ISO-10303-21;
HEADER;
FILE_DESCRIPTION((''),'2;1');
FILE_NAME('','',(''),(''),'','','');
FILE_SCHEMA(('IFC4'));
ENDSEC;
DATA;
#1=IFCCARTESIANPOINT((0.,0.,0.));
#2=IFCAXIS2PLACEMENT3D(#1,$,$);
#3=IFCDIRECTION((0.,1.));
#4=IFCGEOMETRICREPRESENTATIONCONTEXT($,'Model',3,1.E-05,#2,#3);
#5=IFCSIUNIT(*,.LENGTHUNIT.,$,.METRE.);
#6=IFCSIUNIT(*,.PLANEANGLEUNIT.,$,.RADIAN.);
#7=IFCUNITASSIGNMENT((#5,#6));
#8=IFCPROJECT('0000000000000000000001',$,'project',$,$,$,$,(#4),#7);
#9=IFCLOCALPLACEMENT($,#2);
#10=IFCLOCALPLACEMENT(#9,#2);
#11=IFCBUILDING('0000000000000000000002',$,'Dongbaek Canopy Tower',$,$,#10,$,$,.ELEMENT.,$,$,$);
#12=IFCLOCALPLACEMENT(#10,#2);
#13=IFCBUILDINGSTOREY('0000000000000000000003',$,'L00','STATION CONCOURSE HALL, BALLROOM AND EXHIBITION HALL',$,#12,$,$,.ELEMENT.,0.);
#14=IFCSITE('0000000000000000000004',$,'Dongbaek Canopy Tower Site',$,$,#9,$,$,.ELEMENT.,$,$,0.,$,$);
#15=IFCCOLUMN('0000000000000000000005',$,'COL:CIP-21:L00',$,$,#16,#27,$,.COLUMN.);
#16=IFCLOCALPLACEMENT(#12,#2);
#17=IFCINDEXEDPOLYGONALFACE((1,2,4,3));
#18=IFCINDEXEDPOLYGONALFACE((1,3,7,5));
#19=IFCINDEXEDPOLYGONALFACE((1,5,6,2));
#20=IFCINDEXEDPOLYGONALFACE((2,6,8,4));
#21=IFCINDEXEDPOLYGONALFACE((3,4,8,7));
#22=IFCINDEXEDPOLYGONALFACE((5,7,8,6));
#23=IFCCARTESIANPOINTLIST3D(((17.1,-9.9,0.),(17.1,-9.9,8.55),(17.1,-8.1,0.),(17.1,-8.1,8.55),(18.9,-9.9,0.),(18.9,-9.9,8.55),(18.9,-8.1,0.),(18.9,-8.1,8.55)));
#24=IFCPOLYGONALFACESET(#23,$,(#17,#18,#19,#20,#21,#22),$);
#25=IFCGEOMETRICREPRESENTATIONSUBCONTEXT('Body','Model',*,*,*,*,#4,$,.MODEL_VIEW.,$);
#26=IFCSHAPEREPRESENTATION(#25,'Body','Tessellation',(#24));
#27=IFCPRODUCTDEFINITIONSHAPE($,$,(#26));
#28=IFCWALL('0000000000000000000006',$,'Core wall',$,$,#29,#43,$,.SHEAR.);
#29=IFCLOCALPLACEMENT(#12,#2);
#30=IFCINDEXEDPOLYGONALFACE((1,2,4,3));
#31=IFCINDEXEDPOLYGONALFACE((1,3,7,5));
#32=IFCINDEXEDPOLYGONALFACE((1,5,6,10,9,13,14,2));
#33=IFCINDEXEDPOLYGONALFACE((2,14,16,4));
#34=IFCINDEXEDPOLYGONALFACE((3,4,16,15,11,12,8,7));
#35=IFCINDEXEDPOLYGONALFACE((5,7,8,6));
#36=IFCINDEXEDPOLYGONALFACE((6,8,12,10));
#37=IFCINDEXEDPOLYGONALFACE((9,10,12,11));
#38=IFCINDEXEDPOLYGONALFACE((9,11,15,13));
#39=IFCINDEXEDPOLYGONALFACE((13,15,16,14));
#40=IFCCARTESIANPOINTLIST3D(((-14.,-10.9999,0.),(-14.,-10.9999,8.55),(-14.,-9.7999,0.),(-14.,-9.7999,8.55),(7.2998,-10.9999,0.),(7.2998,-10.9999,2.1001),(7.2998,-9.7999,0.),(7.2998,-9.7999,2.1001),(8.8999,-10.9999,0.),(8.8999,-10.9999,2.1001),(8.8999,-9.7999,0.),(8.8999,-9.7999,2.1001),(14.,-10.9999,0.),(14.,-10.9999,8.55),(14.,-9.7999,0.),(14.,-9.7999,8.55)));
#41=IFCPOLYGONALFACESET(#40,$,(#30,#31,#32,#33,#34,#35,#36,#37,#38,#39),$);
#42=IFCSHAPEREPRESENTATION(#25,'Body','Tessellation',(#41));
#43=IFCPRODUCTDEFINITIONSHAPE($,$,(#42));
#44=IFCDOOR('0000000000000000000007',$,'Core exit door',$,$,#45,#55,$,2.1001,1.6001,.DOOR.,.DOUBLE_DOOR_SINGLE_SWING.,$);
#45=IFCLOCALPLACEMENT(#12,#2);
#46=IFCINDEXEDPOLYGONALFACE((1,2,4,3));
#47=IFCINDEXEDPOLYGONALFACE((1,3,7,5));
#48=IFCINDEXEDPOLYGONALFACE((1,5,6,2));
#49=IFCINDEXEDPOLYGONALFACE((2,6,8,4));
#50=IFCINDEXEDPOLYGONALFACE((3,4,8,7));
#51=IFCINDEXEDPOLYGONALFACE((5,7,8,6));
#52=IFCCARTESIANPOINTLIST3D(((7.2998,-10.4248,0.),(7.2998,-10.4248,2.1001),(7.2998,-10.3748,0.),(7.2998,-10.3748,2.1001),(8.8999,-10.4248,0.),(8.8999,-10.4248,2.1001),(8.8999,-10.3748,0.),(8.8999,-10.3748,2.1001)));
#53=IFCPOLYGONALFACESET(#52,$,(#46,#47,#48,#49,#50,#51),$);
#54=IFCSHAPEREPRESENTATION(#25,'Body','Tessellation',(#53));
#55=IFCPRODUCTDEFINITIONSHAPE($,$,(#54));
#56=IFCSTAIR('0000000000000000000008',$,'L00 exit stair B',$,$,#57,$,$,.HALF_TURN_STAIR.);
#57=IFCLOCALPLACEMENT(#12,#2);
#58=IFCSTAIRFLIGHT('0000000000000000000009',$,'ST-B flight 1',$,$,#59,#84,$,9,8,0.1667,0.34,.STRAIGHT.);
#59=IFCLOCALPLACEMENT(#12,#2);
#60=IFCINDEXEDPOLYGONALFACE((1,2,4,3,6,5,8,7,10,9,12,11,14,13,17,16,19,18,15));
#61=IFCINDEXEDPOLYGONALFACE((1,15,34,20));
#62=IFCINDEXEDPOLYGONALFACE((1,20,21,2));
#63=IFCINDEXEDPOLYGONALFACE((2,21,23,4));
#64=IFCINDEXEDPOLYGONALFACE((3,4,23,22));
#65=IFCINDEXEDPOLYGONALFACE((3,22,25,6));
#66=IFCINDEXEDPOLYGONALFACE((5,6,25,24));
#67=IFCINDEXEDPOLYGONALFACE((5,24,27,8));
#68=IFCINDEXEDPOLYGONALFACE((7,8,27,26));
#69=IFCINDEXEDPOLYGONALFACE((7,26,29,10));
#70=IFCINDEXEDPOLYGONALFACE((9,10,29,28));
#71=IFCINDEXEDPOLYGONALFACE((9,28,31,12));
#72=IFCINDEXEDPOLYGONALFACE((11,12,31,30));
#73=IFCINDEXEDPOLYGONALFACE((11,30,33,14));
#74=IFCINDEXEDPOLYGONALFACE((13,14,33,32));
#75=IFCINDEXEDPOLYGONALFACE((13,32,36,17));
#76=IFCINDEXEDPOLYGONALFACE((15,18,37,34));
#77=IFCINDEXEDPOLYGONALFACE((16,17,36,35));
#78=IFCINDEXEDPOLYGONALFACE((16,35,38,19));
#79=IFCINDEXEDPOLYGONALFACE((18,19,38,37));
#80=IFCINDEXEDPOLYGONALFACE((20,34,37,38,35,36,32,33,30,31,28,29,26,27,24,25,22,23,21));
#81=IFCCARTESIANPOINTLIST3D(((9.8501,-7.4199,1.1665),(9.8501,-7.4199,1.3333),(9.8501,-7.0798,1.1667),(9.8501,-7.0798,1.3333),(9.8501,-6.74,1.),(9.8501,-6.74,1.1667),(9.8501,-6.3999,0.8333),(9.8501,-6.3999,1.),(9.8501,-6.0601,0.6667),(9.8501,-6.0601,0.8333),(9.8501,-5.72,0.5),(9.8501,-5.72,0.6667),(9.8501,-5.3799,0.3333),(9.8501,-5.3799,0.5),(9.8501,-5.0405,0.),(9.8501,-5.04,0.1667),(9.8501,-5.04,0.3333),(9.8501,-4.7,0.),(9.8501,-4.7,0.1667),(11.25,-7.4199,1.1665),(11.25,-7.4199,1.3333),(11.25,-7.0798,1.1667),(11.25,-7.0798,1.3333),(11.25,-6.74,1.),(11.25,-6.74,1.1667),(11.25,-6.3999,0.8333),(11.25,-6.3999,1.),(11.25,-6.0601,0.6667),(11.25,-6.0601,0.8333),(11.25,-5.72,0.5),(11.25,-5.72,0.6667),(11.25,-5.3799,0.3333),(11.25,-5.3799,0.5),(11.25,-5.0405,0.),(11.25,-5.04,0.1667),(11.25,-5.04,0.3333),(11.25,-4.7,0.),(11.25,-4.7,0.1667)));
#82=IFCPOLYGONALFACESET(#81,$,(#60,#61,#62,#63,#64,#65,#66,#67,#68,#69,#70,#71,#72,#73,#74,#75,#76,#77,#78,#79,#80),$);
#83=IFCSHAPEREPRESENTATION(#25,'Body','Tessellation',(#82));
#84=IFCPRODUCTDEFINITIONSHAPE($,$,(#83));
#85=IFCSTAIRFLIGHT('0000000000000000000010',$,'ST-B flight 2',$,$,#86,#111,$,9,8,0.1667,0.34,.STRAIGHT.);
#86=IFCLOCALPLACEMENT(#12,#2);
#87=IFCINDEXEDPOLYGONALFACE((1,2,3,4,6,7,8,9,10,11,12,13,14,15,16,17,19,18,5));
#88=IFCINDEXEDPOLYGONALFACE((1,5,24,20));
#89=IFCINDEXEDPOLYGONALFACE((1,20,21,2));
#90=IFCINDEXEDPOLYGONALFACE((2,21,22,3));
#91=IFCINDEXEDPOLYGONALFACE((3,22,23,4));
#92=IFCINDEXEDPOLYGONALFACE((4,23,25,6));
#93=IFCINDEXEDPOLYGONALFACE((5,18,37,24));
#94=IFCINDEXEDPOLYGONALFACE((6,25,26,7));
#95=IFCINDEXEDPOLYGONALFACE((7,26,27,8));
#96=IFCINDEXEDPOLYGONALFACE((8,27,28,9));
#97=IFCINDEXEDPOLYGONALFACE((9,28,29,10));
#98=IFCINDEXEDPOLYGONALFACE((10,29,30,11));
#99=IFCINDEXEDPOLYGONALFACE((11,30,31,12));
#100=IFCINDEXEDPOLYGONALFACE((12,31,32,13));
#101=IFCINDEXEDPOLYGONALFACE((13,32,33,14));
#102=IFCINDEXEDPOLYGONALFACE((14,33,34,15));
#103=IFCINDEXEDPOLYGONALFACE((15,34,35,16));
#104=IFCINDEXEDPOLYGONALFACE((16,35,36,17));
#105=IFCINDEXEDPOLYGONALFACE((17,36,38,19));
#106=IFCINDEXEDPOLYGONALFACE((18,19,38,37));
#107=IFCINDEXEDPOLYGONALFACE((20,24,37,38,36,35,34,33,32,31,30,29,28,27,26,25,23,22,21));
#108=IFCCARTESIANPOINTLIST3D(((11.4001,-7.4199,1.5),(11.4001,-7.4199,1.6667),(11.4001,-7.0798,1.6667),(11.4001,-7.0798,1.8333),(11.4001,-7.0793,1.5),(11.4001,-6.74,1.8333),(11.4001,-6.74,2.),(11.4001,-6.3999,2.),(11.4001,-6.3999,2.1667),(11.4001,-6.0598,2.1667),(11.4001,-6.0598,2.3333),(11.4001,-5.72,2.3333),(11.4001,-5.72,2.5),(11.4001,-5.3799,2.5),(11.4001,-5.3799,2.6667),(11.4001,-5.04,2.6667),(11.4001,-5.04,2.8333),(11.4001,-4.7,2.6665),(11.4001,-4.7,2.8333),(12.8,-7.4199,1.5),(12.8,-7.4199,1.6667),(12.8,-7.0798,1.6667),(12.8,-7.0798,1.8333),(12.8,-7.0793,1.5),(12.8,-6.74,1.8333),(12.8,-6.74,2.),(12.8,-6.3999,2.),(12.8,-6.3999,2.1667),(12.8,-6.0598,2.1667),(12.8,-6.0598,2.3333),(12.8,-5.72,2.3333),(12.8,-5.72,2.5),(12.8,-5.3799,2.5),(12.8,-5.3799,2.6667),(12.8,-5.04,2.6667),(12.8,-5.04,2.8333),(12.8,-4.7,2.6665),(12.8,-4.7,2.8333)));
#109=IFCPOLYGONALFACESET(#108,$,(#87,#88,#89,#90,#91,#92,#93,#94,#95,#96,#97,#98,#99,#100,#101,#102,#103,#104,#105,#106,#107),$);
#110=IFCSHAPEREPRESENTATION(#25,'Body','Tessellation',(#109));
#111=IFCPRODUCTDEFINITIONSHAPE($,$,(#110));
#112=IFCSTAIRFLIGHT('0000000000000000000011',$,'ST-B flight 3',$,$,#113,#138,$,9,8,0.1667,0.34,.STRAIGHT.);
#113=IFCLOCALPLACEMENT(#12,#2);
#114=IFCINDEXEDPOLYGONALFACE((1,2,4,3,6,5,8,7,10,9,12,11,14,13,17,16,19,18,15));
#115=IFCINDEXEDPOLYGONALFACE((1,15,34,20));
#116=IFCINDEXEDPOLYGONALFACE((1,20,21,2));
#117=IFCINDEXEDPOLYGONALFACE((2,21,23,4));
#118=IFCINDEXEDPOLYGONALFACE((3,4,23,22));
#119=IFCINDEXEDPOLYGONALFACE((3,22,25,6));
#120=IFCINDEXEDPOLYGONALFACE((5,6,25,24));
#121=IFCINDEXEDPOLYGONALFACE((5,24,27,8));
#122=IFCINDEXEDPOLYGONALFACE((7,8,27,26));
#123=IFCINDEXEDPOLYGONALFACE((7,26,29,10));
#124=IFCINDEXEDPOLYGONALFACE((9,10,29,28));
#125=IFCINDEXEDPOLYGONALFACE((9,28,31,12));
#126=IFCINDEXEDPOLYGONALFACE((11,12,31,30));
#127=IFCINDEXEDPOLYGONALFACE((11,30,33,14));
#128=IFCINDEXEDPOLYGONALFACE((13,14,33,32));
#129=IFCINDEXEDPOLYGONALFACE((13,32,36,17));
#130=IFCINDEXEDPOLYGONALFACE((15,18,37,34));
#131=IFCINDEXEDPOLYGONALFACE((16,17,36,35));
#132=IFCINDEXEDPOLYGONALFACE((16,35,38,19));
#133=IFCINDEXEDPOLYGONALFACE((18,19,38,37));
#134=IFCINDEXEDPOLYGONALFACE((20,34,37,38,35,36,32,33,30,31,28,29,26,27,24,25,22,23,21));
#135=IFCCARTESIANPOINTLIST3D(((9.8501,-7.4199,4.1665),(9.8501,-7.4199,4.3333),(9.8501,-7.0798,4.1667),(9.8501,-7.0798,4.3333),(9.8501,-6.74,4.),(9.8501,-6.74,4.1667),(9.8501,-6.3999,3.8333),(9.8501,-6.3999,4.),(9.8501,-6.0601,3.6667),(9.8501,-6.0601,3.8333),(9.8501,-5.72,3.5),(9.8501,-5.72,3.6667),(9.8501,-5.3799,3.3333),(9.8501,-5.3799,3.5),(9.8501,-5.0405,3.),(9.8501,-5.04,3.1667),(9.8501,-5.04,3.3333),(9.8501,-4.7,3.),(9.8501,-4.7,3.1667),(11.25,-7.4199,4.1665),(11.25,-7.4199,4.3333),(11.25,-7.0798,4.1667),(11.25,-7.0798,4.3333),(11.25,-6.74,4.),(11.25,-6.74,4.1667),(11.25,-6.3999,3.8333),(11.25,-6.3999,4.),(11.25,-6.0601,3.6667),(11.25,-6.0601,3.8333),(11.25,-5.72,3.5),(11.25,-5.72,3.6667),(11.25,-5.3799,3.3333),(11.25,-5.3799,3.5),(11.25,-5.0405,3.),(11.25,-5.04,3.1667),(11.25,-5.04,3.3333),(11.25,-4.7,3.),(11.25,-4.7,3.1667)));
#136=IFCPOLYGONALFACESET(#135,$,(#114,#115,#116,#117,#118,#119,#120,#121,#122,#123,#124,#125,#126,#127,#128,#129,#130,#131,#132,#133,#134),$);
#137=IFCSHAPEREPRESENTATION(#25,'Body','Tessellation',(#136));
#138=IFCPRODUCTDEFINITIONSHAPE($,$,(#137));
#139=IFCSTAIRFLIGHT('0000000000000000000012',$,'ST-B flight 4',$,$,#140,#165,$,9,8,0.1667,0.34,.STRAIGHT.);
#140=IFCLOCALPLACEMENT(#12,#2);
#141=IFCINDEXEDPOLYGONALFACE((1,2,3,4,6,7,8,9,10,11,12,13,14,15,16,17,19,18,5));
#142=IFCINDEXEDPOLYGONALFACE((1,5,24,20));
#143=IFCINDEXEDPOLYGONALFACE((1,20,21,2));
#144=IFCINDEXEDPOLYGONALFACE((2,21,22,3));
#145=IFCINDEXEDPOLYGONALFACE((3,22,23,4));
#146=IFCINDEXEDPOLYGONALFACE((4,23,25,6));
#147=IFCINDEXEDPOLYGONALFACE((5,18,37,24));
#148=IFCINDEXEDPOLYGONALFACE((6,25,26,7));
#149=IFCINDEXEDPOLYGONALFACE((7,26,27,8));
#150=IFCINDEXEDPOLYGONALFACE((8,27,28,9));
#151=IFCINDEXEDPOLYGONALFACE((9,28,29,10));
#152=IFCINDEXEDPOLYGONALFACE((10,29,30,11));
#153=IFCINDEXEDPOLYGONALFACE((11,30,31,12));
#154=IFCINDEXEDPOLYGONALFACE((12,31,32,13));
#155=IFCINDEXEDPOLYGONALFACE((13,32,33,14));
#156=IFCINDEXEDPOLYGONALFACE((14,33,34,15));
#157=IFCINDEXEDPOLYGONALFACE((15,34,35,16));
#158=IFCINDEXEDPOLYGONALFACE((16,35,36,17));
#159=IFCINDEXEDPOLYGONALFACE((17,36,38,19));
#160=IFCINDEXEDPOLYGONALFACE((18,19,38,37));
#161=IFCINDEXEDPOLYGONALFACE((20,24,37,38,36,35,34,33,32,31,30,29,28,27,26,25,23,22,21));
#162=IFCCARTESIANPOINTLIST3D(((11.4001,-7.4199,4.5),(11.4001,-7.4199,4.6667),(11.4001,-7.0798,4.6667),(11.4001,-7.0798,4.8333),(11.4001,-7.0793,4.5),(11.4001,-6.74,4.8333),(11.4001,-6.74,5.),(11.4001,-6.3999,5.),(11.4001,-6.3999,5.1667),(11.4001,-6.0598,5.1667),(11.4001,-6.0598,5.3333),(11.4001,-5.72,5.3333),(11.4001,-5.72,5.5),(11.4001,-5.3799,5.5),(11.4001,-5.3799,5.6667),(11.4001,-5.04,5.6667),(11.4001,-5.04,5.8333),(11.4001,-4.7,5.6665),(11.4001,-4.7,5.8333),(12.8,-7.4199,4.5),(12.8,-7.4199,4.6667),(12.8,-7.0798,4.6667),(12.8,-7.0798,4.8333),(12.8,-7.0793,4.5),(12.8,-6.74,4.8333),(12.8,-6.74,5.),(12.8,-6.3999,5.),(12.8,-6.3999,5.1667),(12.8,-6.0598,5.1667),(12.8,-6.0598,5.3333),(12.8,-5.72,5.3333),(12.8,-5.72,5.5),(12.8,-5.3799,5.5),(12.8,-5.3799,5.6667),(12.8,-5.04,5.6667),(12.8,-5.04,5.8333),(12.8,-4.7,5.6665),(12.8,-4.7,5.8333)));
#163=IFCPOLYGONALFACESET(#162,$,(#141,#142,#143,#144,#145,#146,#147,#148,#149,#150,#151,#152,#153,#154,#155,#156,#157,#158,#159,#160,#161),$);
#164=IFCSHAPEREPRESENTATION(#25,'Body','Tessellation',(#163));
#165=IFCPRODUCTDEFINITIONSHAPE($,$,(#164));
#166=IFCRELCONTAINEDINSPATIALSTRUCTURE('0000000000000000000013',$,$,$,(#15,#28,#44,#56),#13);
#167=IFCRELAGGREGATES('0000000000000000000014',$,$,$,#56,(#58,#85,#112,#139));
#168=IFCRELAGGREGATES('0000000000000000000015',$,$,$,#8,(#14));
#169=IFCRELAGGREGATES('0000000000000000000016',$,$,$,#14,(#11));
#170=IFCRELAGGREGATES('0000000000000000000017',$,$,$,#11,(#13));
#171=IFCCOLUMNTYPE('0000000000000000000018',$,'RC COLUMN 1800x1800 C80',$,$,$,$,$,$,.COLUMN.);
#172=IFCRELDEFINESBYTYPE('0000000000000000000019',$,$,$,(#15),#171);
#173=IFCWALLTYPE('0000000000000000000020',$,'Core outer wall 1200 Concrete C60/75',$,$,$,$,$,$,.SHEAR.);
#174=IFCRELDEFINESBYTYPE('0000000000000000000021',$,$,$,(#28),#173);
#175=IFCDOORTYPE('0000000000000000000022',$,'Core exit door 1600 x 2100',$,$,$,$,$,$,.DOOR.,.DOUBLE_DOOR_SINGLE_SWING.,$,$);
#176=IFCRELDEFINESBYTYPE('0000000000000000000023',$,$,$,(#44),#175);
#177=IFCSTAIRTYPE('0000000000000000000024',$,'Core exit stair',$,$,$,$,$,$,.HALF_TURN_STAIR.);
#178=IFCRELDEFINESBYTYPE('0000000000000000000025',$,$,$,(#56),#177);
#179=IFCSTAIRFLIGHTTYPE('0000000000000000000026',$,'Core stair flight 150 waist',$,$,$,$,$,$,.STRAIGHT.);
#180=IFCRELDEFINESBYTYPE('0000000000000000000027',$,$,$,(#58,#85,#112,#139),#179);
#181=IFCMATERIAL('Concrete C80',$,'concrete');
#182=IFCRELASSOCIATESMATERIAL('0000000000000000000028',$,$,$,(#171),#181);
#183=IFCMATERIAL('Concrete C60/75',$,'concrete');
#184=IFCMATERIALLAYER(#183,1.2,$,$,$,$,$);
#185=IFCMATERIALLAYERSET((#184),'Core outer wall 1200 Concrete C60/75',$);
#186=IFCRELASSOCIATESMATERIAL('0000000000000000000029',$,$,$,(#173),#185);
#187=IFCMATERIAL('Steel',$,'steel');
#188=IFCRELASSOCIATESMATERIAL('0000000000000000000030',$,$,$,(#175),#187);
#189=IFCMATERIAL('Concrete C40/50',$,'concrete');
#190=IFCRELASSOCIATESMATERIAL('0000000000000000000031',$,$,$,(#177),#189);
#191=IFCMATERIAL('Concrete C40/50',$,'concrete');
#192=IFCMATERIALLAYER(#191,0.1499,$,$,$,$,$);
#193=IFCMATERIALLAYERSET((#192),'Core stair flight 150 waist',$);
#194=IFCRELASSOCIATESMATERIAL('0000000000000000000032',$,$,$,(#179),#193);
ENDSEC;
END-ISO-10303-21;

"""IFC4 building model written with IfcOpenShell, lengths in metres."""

from ifc_helpers import new_model, si_unit, direction, frame, frame_2d, origin, origin_2d, place, context, subcontext, project, spatial, polyline, rectangle, outline, extrude, material, layer, layer_set, material_profile, profile_set, type_object, element, fill, aggregate, save


model = new_model("IFC4")

# Units and contexts
model_context = context("Model", 3, precision=1e-05, world=origin(), true_north=direction((0.0, 1.0)))
body_context = subcontext(model_context, "Body", "Model", "MODEL_VIEW")
ifc_project = project(units=[si_unit("LENGTHUNIT", "METRE"), si_unit("PLANEANGLEUNIT", "RADIAN")], contexts=[model_context])

# Site, building, storey
site_placement = place(None, origin())
site = spatial("IfcSite", under=ifc_project, at=site_placement, Name="Dongbaek Canopy Tower Site", CompositionType="ELEMENT", RefElevation=0.0)
building_placement = place(site_placement, origin())
building = spatial("IfcBuilding", under=site, at=building_placement, Name="Dongbaek Canopy Tower", CompositionType="ELEMENT")
storey_placement = place(building_placement, origin())
storey = spatial("IfcBuildingStorey", under=building, at=storey_placement, Name="L00", Description="STATION CONCOURSE HALL, BALLROOM AND EXHIBITION HALL", CompositionType="ELEMENT", Elevation=0.0)

# Column
ifc_material_1 = material(Name="Concrete C80", Category="concrete")
ifc_material_profile = material_profile(ifc_material_1, rectangle(XDim=1.8, YDim=1.8, at=origin_2d()), Name="RC COLUMN 1800x1800 C80")
ifc_profile_set = profile_set([ifc_material_profile], Name="Concrete C80")
column_type = type_object("IfcColumnType", Name="RC COLUMN 1800x1800 C80", PredefinedType="COLUMN", material=ifc_profile_set)
column_placement = place(storey_placement, frame((18.0, -9.0, 0.0), z_axis=(0.0, 0.0, 1.0), x_axis=(1.0, 0.0, 0.0)))
element("IfcColumn", 1, at=column_placement, inside=storey, type_object=column_type, Name="COL:CIP-21:L00", PredefinedType="COLUMN", context=body_context, shape_type="SweptSolid", body=[
    extrude(rectangle(XDim=1.8, YDim=1.8, at=origin_2d()), origin(), (0.0, 0.0, 1.0), 8.55),
])

# Wall, opening, door
ifc_material_2 = material(Name="Concrete C60/75", Category="concrete")
ifc_layer_1 = layer(ifc_material_2, 1.2)
ifc_layer_set_1 = layer_set([ifc_layer_1], Name="Core outer wall 1200 Concrete C60/75")
wall_type = type_object("IfcWallType", Name="Core outer wall 1200 Concrete C60/75", PredefinedType="SHEAR", material=ifc_layer_set_1)
wall_placement = place(storey_placement, frame((14.0, -10.3999, 0.0), z_axis=(0.0, 0.0, 1.0), x_axis=(-1.0, 0.0, 0.0)))
wall = element("IfcWall", 2, at=wall_placement, inside=storey, type_object=wall_type, Name="Core wall", PredefinedType="SHEAR", context=body_context, shape_type="SweptSolid", body=[
    extrude(rectangle(XDim=28.0, YDim=1.2, at=frame_2d((14.0, 0.0))), origin(), (0.0, 0.0, 1.0), 8.55),
])
opening_placement = place(wall_placement, frame((5.1001, 0.0, 0.0)))
opening = element("IfcOpeningElement", 3, at=opening_placement, cuts=wall, PredefinedType="OPENING", context=body_context, shape_type="SweptSolid", body=[
    extrude(rectangle(XDim=1.6001, YDim=2.1001, at=frame_2d((0.8, 1.05))), frame((0.0, 0.6099, 0.0), z_axis=(0.0, -1.0, 0.0), x_axis=(1.0, 0.0, 0.0)), (0.0, 0.0, 1.0), 1.22),
])
ifc_material_3 = material(Name="Steel", Category="steel")
door_type = type_object("IfcDoorType", Name="Core exit door 1600 x 2100", OperationType="DOUBLE_DOOR_SINGLE_SWING", PredefinedType="DOOR", material=ifc_material_3)
door_placement = place(opening_placement, origin())
door = element("IfcDoor", 4, at=door_placement, inside=storey, type_object=door_type, Name="Core exit door", OperationType="DOUBLE_DOOR_SINGLE_SWING", OverallHeight=2.1001, OverallWidth=1.6001, PredefinedType="DOOR", context=body_context, shape_type="SweptSolid", body=[
    extrude(rectangle(XDim=1.6001, YDim=2.1001, at=frame_2d((0.8, 1.05))), frame((0.0, 0.0249, 0.0), z_axis=(0.0, -1.0, 0.0), x_axis=(1.0, 0.0, 0.0)), (0.0, 0.0, 1.0), 0.05),
])
fill(opening, door)

# Stair, stair flights
ifc_material_4 = material(Name="Concrete C40/50", Category="concrete")
stair_type = type_object("IfcStairType", Name="Core exit stair", PredefinedType="HALF_TURN_STAIR", material=ifc_material_4)
stair_placement = place(storey_placement, origin())
stair = element("IfcStair", 5, at=stair_placement, inside=storey, type_object=stair_type, Name="L00 exit stair B", PredefinedType="HALF_TURN_STAIR")
ifc_material_5 = material(Name="Concrete C40/50", Category="concrete")
ifc_layer_2 = layer(ifc_material_5, 0.1499)
ifc_layer_set_2 = layer_set([ifc_layer_2], Name="Core stair flight 150 waist")
stair_flight_type = type_object("IfcStairFlightType", Name="Core stair flight 150 waist", PredefinedType="STRAIGHT", material=ifc_layer_set_2)
stair_flight_1_placement = place(storey_placement, frame((10.55, -4.7, 0.0), z_axis=(0.0, 0.0, 1.0), x_axis=(0.0, -1.0, 0.0)))
stair_flight_1 = element("IfcStairFlight", 6, at=stair_flight_1_placement, type_object=stair_flight_type, Name="ST-B flight 1", NumberOfRisers=9, NumberOfTreads=8, PredefinedType="STRAIGHT", RiserHeight=0.1667, TreadLength=0.34, context=body_context, shape_type="SweptSolid", body=[
    extrude(outline(polyline([(0.0, 0.0), (0.0, 0.1667), (0.3401, 0.1667), (0.3401, 0.3333), (0.6799, 0.3333), (0.6799, 0.5), (1.02, 0.5), (1.02, 0.6667), (1.3601, 0.6667), (1.3601, 0.8333), (1.7, 0.8333), (1.7, 1.0), (2.04, 1.0), (2.04, 1.1667), (2.3799, 1.1667), (2.3799, 1.3333), (2.72, 1.3333), (2.72, 1.5), (2.72, 1.1665), (0.3406, 0.0), (0.0, 0.0)])), frame((0.0, 0.7, 0.0), z_axis=(0.0, -1.0, 0.0), x_axis=(1.0, 0.0, 0.0)), (0.0, 0.0, 1.0), 1.3999),
])
stair_flight_2_placement = place(storey_placement, frame((12.1001, -7.4199, 1.5), z_axis=(0.0, 0.0, 1.0), x_axis=(0.0, 1.0, 0.0)))
stair_flight_2 = element("IfcStairFlight", 7, at=stair_flight_2_placement, type_object=stair_flight_type, Name="ST-B flight 2", NumberOfRisers=9, NumberOfTreads=8, PredefinedType="STRAIGHT", RiserHeight=0.1667, TreadLength=0.34, context=body_context, shape_type="SweptSolid", body=[
    extrude(outline(polyline([(0.0, 0.0), (0.0, 0.1667), (0.3401, 0.1667), (0.3401, 0.3333), (0.6799, 0.3333), (0.6799, 0.5), (1.02, 0.5), (1.02, 0.6667), (1.3601, 0.6667), (1.3601, 0.8333), (1.7, 0.8333), (1.7, 1.0), (2.04, 1.0), (2.04, 1.1667), (2.3799, 1.1667), (2.3799, 1.3333), (2.72, 1.3333), (2.72, 1.5), (2.72, 1.1665), (0.3406, 0.0), (0.0, 0.0)])), frame((0.0, 0.7, 0.0), z_axis=(0.0, -1.0, 0.0), x_axis=(1.0, 0.0, 0.0)), (0.0, 0.0, 1.0), 1.3999),
])
stair_flight_3_placement = place(storey_placement, frame((10.55, -4.7, 3.0), z_axis=(0.0, 0.0, 1.0), x_axis=(0.0, -1.0, 0.0)))
stair_flight_3 = element("IfcStairFlight", 8, at=stair_flight_3_placement, type_object=stair_flight_type, Name="ST-B flight 3", NumberOfRisers=9, NumberOfTreads=8, PredefinedType="STRAIGHT", RiserHeight=0.1667, TreadLength=0.34, context=body_context, shape_type="SweptSolid", body=[
    extrude(outline(polyline([(0.0, 0.0), (0.0, 0.1667), (0.3401, 0.1667), (0.3401, 0.3333), (0.6799, 0.3333), (0.6799, 0.5), (1.02, 0.5), (1.02, 0.6667), (1.3601, 0.6667), (1.3601, 0.8333), (1.7, 0.8333), (1.7, 1.0), (2.04, 1.0), (2.04, 1.1667), (2.3799, 1.1667), (2.3799, 1.3333), (2.72, 1.3333), (2.72, 1.5), (2.72, 1.1665), (0.3406, 0.0), (0.0, 0.0)])), frame((0.0, 0.7, 0.0), z_axis=(0.0, -1.0, 0.0), x_axis=(1.0, 0.0, 0.0)), (0.0, 0.0, 1.0), 1.3999),
])
stair_flight_4_placement = place(storey_placement, frame((12.1001, -7.4199, 4.5), z_axis=(0.0, 0.0, 1.0), x_axis=(0.0, 1.0, 0.0)))
stair_flight_4 = element("IfcStairFlight", 9, at=stair_flight_4_placement, type_object=stair_flight_type, Name="ST-B flight 4", NumberOfRisers=9, NumberOfTreads=8, PredefinedType="STRAIGHT", RiserHeight=0.1667, TreadLength=0.34, context=body_context, shape_type="SweptSolid", body=[
    extrude(outline(polyline([(0.0, 0.0), (0.0, 0.1667), (0.3401, 0.1667), (0.3401, 0.3333), (0.6799, 0.3333), (0.6799, 0.5), (1.02, 0.5), (1.02, 0.6667), (1.3601, 0.6667), (1.3601, 0.8333), (1.7, 0.8333), (1.7, 1.0), (2.04, 1.0), (2.04, 1.1667), (2.3799, 1.1667), (2.3799, 1.3333), (2.72, 1.3333), (2.72, 1.5), (2.72, 1.1665), (0.3406, 0.0), (0.0, 0.0)])), frame((0.0, 0.7, 0.0), z_axis=(0.0, -1.0, 0.0), x_axis=(1.0, 0.0, 0.0)), (0.0, 0.0, 1.0), 1.3999),
])
aggregate(stair, [stair_flight_1, stair_flight_2, stair_flight_3, stair_flight_4])

save(model, "model.ifc")
